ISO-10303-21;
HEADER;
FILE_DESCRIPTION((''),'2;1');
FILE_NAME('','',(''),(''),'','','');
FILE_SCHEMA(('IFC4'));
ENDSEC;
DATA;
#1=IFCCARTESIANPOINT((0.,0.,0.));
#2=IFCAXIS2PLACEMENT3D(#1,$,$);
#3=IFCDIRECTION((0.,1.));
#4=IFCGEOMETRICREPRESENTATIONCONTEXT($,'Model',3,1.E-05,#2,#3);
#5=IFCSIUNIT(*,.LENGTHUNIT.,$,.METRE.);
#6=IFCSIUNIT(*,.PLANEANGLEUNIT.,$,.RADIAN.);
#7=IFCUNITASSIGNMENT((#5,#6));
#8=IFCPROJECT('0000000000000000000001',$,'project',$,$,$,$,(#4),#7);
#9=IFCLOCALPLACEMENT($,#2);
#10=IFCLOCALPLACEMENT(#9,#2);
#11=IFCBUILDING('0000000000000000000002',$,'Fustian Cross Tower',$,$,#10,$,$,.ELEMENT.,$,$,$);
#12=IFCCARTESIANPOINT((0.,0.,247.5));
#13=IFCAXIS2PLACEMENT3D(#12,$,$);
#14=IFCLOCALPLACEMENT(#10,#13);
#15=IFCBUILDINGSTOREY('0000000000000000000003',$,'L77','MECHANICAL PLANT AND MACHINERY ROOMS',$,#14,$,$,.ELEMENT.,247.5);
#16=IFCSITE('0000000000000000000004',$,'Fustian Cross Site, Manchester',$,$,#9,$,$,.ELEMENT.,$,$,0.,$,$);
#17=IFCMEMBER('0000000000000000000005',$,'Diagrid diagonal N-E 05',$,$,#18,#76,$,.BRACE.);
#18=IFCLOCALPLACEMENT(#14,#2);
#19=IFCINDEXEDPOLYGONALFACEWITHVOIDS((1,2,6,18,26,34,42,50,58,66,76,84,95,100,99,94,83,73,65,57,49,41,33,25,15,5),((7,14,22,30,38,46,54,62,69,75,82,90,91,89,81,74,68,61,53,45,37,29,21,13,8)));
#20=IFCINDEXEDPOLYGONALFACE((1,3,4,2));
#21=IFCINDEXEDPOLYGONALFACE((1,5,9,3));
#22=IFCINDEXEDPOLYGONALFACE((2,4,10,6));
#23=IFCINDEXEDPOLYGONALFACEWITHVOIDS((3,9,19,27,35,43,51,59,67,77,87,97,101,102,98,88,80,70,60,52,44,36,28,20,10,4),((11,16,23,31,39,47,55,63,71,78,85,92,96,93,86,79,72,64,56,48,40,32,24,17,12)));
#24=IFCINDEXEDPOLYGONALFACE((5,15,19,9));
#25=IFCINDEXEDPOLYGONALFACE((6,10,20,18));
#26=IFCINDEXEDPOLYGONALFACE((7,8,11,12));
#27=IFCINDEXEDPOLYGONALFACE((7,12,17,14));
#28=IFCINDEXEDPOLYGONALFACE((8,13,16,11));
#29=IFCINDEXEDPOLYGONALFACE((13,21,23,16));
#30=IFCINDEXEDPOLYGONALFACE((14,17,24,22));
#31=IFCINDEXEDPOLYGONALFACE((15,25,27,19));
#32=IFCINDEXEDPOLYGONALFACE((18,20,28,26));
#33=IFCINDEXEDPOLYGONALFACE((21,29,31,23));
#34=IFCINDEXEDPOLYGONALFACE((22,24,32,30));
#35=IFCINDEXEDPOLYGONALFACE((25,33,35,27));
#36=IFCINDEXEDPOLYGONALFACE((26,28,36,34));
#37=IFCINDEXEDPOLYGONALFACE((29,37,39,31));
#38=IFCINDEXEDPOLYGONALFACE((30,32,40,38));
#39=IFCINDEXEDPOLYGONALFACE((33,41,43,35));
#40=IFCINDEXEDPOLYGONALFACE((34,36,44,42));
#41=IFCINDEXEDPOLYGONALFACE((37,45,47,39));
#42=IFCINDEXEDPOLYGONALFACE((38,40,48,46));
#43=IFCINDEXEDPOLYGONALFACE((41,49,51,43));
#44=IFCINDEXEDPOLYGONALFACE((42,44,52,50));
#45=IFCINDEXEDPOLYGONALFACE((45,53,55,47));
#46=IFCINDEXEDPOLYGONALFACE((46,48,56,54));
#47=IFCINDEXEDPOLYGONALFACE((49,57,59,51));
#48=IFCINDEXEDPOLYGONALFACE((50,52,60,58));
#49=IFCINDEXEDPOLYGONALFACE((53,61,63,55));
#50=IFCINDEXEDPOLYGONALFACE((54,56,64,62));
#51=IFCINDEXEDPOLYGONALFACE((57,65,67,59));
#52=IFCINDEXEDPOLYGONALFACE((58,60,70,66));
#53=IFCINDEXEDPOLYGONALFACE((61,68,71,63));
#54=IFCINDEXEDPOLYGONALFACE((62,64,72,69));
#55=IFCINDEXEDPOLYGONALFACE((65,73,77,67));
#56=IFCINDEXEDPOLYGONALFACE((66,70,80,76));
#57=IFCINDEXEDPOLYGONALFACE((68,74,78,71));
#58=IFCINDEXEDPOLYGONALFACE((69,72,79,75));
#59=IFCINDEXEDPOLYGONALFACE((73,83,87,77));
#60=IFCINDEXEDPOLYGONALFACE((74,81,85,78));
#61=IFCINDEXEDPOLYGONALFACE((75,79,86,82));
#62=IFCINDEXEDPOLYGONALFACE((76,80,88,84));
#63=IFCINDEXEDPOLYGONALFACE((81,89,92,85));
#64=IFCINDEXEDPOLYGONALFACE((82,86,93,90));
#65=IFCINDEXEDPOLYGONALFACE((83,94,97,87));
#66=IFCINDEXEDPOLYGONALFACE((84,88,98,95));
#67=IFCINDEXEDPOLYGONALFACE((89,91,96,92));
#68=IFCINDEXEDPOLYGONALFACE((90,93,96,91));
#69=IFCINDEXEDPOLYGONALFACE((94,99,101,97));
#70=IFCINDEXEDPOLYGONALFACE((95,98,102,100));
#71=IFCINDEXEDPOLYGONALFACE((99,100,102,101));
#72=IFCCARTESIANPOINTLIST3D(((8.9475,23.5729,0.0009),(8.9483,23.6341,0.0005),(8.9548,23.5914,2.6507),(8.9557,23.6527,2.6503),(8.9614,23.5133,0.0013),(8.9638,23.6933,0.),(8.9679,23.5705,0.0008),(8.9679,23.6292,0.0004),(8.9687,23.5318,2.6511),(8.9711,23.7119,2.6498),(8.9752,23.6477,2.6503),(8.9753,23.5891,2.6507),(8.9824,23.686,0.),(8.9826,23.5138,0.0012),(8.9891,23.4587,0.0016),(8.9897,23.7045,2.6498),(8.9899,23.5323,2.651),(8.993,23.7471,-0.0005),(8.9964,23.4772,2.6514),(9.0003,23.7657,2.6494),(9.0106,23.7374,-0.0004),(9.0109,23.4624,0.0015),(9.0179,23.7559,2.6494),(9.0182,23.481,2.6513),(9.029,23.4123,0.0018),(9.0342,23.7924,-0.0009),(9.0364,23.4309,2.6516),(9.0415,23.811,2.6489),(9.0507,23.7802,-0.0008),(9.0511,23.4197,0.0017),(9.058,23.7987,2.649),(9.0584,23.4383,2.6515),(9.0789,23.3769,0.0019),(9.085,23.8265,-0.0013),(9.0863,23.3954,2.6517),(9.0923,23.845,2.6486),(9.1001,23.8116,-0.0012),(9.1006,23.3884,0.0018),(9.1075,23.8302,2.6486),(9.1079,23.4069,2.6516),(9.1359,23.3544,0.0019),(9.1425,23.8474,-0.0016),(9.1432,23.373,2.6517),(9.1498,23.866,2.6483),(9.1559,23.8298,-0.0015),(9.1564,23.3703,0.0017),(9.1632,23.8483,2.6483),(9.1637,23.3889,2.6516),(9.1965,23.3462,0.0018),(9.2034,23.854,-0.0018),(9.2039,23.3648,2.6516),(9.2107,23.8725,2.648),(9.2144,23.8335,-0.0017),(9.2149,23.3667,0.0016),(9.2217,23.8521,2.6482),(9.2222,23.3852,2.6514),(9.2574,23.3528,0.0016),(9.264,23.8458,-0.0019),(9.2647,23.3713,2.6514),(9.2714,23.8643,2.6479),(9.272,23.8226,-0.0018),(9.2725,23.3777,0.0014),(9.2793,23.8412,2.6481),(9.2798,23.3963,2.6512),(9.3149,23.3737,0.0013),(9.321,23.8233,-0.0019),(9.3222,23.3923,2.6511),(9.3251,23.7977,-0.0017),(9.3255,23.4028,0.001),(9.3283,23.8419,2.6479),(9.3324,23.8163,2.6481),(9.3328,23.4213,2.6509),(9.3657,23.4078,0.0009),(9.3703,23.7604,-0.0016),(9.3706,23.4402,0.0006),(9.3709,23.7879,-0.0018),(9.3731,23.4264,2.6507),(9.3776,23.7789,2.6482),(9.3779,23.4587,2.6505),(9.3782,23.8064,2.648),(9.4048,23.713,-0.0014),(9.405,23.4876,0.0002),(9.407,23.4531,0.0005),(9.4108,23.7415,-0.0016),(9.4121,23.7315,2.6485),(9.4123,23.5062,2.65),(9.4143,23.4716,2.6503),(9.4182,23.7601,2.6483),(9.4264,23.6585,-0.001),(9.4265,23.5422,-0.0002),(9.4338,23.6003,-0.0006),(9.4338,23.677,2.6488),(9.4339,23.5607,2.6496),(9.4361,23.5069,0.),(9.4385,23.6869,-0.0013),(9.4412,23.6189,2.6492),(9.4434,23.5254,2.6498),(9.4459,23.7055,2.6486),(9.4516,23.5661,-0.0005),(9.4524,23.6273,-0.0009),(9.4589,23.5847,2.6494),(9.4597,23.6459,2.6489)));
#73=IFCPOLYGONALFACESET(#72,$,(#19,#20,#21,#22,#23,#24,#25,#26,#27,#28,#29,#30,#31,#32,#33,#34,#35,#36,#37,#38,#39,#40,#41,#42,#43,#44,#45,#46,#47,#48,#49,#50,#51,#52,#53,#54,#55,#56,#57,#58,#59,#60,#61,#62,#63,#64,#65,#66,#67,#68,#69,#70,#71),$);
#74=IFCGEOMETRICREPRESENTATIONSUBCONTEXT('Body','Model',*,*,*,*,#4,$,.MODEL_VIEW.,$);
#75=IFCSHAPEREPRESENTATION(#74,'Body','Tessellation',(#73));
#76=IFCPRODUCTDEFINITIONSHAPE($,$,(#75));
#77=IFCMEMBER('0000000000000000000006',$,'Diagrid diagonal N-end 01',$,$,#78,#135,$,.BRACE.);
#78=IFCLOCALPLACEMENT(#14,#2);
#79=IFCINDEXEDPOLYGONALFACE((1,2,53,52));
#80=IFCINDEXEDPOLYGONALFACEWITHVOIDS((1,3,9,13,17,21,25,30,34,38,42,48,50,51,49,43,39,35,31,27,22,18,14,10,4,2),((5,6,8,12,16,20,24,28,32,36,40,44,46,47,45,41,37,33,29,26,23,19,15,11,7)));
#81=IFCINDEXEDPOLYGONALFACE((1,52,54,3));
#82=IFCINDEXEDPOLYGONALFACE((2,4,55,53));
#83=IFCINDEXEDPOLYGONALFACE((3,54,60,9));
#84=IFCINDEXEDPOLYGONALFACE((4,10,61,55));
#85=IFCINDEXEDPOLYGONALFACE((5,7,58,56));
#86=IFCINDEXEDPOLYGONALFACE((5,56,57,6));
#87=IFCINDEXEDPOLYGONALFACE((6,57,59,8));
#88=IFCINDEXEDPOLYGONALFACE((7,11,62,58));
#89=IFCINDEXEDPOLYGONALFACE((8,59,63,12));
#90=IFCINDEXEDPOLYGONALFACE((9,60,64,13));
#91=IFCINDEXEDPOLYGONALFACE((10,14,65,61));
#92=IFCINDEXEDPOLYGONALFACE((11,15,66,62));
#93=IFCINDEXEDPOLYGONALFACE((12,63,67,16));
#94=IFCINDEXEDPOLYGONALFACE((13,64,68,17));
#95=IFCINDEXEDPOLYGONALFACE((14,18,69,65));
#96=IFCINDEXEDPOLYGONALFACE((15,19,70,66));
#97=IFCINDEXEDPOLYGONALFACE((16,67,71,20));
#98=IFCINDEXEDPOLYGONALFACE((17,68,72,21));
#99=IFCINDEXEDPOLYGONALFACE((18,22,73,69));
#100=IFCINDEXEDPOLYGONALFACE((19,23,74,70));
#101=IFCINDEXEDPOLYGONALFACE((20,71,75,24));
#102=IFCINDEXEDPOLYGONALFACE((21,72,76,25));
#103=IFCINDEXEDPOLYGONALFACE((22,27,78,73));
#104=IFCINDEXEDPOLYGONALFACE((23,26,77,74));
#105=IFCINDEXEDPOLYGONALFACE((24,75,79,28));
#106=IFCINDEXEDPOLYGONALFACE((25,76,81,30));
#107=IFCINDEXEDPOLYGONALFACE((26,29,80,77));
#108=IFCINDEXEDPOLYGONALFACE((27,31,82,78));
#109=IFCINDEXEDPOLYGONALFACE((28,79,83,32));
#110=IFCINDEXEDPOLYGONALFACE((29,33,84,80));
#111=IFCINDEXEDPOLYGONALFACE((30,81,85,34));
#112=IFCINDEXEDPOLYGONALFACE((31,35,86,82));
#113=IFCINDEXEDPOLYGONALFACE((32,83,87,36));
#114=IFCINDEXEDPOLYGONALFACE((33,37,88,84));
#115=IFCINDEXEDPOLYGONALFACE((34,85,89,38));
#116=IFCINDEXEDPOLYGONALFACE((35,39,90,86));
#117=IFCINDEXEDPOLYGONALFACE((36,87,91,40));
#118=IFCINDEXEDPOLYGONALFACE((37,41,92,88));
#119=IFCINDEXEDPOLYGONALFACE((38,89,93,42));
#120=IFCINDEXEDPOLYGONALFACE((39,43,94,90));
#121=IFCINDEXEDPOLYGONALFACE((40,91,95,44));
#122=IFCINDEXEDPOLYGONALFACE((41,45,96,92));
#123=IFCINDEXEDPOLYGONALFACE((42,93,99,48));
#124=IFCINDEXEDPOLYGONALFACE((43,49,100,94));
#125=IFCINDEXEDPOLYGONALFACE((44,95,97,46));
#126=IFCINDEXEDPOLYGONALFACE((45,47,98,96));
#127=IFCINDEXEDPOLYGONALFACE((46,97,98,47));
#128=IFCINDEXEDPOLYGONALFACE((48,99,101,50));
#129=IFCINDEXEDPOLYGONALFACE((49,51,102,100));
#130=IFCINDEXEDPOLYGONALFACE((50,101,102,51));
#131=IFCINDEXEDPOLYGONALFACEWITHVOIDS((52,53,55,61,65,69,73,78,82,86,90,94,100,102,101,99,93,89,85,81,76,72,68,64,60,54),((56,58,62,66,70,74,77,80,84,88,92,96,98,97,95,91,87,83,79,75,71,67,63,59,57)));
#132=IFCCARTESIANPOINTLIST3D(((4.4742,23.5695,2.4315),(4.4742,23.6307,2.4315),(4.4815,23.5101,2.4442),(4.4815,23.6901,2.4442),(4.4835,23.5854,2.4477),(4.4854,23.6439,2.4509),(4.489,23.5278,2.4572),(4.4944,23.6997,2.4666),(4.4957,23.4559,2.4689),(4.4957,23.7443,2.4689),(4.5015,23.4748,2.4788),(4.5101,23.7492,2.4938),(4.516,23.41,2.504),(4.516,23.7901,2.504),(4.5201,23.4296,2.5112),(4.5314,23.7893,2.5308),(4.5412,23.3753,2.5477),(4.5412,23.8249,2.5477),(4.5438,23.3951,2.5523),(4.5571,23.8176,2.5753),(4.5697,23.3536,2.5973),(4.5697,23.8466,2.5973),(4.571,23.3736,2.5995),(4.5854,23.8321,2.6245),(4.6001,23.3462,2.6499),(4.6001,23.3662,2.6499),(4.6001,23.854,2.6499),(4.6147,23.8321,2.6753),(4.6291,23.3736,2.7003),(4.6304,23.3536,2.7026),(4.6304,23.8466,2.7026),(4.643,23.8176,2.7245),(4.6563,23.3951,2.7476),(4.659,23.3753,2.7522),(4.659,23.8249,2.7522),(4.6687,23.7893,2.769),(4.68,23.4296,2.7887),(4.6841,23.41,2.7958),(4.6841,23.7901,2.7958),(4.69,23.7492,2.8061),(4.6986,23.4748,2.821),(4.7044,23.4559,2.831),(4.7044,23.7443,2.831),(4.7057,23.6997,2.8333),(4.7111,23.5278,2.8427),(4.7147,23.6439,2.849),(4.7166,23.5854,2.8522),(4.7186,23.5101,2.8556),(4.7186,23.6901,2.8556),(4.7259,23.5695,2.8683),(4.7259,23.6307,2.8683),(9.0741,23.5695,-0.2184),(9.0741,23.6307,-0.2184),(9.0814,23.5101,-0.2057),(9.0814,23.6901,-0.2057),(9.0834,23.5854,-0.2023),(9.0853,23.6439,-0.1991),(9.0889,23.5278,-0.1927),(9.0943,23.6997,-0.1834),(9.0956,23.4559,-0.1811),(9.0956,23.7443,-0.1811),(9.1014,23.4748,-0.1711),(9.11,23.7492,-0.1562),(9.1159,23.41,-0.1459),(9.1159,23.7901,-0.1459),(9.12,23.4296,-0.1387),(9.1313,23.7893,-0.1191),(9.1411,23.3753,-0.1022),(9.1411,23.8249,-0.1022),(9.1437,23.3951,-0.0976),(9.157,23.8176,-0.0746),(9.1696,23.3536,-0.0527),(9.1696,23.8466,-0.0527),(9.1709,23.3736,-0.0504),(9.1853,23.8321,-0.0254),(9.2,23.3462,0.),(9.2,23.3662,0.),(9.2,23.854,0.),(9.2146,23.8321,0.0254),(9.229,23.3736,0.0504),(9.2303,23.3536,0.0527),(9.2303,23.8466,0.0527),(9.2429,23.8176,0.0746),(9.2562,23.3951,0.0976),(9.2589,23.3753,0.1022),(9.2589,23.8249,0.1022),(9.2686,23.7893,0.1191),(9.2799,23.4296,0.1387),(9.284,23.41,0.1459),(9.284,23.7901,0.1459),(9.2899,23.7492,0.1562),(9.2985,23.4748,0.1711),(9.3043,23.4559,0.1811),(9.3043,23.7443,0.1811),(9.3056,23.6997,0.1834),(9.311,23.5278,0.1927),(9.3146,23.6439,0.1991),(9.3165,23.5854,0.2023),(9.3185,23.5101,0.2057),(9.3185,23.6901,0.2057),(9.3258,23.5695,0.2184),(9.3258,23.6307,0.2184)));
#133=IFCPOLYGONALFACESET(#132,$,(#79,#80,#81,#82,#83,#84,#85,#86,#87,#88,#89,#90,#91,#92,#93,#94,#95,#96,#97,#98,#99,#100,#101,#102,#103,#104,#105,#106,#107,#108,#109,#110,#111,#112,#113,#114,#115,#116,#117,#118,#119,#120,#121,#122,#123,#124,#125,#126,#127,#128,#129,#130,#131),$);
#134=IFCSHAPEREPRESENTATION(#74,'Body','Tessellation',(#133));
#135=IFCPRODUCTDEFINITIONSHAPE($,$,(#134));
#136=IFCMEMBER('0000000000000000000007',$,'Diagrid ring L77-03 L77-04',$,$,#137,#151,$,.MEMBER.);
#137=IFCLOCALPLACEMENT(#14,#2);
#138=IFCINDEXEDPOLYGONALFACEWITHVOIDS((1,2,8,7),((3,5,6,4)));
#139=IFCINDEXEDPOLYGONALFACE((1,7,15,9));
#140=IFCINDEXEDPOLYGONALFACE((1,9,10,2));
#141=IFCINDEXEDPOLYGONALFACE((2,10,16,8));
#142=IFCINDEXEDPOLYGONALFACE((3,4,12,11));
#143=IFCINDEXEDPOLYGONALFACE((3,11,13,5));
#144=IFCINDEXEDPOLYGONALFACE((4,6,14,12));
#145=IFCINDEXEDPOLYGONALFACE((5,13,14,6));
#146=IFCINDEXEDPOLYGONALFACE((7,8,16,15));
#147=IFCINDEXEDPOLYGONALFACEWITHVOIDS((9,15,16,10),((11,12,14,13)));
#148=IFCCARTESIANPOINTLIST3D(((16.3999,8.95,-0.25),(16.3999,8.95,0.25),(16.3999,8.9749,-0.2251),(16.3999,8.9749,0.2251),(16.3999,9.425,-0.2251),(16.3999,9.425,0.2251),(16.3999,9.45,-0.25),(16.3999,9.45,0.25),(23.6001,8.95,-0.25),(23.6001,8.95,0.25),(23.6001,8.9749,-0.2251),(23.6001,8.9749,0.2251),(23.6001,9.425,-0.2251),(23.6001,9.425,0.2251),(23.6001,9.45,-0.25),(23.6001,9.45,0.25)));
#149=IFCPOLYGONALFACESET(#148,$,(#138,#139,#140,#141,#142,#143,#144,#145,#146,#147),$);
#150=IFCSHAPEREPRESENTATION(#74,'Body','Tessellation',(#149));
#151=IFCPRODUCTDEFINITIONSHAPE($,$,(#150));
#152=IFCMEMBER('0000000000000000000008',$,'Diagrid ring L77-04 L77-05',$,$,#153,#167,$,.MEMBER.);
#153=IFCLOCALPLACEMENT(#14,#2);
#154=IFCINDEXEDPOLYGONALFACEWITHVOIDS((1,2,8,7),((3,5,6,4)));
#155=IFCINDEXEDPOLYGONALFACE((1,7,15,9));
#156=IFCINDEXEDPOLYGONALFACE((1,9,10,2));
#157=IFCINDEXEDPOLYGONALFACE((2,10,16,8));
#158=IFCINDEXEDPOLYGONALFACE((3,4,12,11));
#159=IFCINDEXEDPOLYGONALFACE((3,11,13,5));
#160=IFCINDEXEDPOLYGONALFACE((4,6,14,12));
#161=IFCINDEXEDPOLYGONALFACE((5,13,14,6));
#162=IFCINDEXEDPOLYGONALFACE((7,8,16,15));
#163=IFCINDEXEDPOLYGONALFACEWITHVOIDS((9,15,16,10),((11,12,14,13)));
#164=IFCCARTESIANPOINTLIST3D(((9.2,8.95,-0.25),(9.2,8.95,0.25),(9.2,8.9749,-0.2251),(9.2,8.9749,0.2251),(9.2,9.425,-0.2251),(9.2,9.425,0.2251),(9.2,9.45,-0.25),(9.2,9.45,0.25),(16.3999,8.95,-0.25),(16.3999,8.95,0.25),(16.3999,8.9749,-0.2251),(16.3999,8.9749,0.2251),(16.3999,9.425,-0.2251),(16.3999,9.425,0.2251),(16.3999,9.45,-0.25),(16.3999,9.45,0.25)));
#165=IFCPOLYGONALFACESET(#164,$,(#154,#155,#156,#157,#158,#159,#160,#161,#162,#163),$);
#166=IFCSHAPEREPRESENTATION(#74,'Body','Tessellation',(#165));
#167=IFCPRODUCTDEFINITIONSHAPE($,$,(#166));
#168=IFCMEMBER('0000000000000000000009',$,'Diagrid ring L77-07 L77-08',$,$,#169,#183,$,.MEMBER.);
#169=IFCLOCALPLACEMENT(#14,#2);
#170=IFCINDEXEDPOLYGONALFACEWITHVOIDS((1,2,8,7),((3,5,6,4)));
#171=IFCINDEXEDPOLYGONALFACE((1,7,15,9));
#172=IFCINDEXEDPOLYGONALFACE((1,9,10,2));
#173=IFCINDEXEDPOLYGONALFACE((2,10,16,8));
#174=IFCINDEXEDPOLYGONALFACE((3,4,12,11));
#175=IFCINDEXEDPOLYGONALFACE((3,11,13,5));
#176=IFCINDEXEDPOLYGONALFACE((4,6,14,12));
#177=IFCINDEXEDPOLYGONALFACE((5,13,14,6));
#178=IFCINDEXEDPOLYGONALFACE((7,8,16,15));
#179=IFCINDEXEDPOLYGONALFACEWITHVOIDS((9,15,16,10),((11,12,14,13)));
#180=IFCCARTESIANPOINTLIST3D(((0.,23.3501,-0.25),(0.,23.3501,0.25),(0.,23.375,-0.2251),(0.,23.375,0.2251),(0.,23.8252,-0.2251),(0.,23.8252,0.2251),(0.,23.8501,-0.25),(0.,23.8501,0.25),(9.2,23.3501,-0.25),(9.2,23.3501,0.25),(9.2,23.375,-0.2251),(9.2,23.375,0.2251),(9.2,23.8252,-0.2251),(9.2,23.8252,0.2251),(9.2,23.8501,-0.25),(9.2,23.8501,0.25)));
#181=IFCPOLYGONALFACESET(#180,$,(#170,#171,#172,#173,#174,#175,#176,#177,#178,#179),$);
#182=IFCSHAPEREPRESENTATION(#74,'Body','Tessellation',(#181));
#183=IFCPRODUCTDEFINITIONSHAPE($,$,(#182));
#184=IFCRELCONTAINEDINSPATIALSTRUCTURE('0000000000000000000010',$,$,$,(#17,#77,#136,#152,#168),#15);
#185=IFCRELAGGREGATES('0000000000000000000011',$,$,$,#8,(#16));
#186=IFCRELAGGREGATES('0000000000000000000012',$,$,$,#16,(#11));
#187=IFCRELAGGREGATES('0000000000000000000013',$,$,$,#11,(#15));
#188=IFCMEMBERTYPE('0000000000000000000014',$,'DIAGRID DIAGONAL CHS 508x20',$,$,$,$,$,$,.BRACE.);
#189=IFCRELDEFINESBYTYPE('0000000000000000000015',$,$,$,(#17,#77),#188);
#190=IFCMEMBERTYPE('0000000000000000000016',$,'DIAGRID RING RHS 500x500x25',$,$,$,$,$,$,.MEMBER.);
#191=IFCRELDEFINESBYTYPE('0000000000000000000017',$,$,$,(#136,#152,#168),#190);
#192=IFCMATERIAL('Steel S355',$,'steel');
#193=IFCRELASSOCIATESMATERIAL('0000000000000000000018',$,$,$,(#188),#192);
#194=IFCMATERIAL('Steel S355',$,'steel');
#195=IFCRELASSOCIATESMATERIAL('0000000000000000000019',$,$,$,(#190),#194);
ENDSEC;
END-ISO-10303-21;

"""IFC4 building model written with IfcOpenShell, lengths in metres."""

from ifc_helpers import new_model, si_unit, direction, frame, origin, origin_2d, place, context, subcontext, project, spatial, hollow_rectangle, hollow_circle, extrude, material, material_profile, profile_set, type_object, element, save


model = new_model("IFC4")

# Units and contexts
model_context = context("Model", 3, precision=1e-05, world=origin(), true_north=direction((0.0, 1.0)))
body_context = subcontext(model_context, "Body", "Model", "MODEL_VIEW")
ifc_project = project(units=[si_unit("LENGTHUNIT", "METRE"), si_unit("PLANEANGLEUNIT", "RADIAN")], contexts=[model_context])

# Site, building, storey
site_placement = place(None, origin())
site = spatial("IfcSite", under=ifc_project, at=site_placement, Name="Fustian Cross Site, Manchester", CompositionType="ELEMENT", RefElevation=0.0)
building_placement = place(site_placement, origin())
building = spatial("IfcBuilding", under=site, at=building_placement, Name="Fustian Cross Tower", CompositionType="ELEMENT")
storey_placement = place(building_placement, frame((0.0, 0.0, 247.5)))
storey = spatial("IfcBuildingStorey", under=building, at=storey_placement, Name="L77", Description="MECHANICAL PLANT AND MACHINERY ROOMS", CompositionType="ELEMENT", Elevation=247.5)

# Members
ifc_material_1 = material(Name="Steel S355", Category="steel")
ifc_material_profile_1 = material_profile(ifc_material_1, hollow_circle(Radius=0.2539, WallThickness=0.02, at=origin_2d()), Name="CHS 508x20")
ifc_profile_set_1 = profile_set([ifc_material_profile_1], Name="Steel S355")
member_type_1 = type_object("IfcMemberType", Name="DIAGRID DIAGONAL CHS 508x20", PredefinedType="BRACE", material=ifc_profile_set_1)
member_1_placement = place(storey_placement, frame((9.2, 23.6001, 0.0), z_axis=(0.002764, 0.007002, 0.999972), x_axis=(-0.930155, 0.367167, 0.0)))
element("IfcMember", 1, at=member_1_placement, inside=storey, type_object=member_type_1, Name="Diagrid diagonal N-E 05", PredefinedType="BRACE", context=body_context, shape_type="SweptSolid", body=[
    extrude(hollow_circle(Radius=0.2539, WallThickness=0.02, at=origin_2d()), origin(), (0.0, 0.0, 1.0), 2.6499),
])
member_2_placement = place(storey_placement, frame((9.2, 23.6001, 0.0), z_axis=(-0.8665, 0.0, 0.499177), x_axis=(0.0, -1.0, 0.0)))
element("IfcMember", 2, at=member_2_placement, inside=storey, type_object=member_type_1, Name="Diagrid diagonal N-end 01", PredefinedType="BRACE", context=body_context, shape_type="SweptSolid", body=[
    extrude(hollow_circle(Radius=0.2539, WallThickness=0.02, at=origin_2d()), origin(), (0.0, 0.0, 1.0), 5.3086),
])
ifc_material_2 = material(Name="Steel S355", Category="steel")
ifc_material_profile_2 = material_profile(ifc_material_2, hollow_rectangle(XDim=0.5, YDim=0.5, WallThickness=0.0249, at=origin_2d()), Name="RHS 500x500x25")
ifc_profile_set_2 = profile_set([ifc_material_profile_2], Name="Steel S355")
member_type_2 = type_object("IfcMemberType", Name="DIAGRID RING RHS 500x500x25", PredefinedType="MEMBER", material=ifc_profile_set_2)
member_3_placement = place(storey_placement, frame((23.6001, 9.2, 0.0), z_axis=(-1.0, 0.0, 0.0), x_axis=(0.0, -1.0, 0.0)))
element("IfcMember", 3, at=member_3_placement, inside=storey, type_object=member_type_2, Name="Diagrid ring L77-03 L77-04", PredefinedType="MEMBER", context=body_context, shape_type="SweptSolid", body=[
    extrude(hollow_rectangle(XDim=0.5, YDim=0.5, WallThickness=0.0249, at=origin_2d()), origin(), (0.0, 0.0, 1.0), 7.2002),
])
member_4_placement = place(storey_placement, frame((16.3999, 9.2, 0.0), z_axis=(-1.0, 0.0, 0.0), x_axis=(0.0, -1.0, 0.0)))
element("IfcMember", 4, at=member_4_placement, inside=storey, type_object=member_type_2, Name="Diagrid ring L77-04 L77-05", PredefinedType="MEMBER", context=body_context, shape_type="SweptSolid", body=[
    extrude(hollow_rectangle(XDim=0.5, YDim=0.5, WallThickness=0.0249, at=origin_2d()), origin(), (0.0, 0.0, 1.0), 7.2),
])
member_5_placement = place(storey_placement, frame((9.2, 23.6001, 0.0), z_axis=(-1.0, 0.0, 0.0), x_axis=(0.0, -1.0, 0.0)))
element("IfcMember", 5, at=member_5_placement, inside=storey, type_object=member_type_2, Name="Diagrid ring L77-07 L77-08", PredefinedType="MEMBER", context=body_context, shape_type="SweptSolid", body=[
    extrude(hollow_rectangle(XDim=0.5, YDim=0.5, WallThickness=0.0249, at=origin_2d()), origin(), (0.0, 0.0, 1.0), 9.2),
])

save(model, "model.ifc")
